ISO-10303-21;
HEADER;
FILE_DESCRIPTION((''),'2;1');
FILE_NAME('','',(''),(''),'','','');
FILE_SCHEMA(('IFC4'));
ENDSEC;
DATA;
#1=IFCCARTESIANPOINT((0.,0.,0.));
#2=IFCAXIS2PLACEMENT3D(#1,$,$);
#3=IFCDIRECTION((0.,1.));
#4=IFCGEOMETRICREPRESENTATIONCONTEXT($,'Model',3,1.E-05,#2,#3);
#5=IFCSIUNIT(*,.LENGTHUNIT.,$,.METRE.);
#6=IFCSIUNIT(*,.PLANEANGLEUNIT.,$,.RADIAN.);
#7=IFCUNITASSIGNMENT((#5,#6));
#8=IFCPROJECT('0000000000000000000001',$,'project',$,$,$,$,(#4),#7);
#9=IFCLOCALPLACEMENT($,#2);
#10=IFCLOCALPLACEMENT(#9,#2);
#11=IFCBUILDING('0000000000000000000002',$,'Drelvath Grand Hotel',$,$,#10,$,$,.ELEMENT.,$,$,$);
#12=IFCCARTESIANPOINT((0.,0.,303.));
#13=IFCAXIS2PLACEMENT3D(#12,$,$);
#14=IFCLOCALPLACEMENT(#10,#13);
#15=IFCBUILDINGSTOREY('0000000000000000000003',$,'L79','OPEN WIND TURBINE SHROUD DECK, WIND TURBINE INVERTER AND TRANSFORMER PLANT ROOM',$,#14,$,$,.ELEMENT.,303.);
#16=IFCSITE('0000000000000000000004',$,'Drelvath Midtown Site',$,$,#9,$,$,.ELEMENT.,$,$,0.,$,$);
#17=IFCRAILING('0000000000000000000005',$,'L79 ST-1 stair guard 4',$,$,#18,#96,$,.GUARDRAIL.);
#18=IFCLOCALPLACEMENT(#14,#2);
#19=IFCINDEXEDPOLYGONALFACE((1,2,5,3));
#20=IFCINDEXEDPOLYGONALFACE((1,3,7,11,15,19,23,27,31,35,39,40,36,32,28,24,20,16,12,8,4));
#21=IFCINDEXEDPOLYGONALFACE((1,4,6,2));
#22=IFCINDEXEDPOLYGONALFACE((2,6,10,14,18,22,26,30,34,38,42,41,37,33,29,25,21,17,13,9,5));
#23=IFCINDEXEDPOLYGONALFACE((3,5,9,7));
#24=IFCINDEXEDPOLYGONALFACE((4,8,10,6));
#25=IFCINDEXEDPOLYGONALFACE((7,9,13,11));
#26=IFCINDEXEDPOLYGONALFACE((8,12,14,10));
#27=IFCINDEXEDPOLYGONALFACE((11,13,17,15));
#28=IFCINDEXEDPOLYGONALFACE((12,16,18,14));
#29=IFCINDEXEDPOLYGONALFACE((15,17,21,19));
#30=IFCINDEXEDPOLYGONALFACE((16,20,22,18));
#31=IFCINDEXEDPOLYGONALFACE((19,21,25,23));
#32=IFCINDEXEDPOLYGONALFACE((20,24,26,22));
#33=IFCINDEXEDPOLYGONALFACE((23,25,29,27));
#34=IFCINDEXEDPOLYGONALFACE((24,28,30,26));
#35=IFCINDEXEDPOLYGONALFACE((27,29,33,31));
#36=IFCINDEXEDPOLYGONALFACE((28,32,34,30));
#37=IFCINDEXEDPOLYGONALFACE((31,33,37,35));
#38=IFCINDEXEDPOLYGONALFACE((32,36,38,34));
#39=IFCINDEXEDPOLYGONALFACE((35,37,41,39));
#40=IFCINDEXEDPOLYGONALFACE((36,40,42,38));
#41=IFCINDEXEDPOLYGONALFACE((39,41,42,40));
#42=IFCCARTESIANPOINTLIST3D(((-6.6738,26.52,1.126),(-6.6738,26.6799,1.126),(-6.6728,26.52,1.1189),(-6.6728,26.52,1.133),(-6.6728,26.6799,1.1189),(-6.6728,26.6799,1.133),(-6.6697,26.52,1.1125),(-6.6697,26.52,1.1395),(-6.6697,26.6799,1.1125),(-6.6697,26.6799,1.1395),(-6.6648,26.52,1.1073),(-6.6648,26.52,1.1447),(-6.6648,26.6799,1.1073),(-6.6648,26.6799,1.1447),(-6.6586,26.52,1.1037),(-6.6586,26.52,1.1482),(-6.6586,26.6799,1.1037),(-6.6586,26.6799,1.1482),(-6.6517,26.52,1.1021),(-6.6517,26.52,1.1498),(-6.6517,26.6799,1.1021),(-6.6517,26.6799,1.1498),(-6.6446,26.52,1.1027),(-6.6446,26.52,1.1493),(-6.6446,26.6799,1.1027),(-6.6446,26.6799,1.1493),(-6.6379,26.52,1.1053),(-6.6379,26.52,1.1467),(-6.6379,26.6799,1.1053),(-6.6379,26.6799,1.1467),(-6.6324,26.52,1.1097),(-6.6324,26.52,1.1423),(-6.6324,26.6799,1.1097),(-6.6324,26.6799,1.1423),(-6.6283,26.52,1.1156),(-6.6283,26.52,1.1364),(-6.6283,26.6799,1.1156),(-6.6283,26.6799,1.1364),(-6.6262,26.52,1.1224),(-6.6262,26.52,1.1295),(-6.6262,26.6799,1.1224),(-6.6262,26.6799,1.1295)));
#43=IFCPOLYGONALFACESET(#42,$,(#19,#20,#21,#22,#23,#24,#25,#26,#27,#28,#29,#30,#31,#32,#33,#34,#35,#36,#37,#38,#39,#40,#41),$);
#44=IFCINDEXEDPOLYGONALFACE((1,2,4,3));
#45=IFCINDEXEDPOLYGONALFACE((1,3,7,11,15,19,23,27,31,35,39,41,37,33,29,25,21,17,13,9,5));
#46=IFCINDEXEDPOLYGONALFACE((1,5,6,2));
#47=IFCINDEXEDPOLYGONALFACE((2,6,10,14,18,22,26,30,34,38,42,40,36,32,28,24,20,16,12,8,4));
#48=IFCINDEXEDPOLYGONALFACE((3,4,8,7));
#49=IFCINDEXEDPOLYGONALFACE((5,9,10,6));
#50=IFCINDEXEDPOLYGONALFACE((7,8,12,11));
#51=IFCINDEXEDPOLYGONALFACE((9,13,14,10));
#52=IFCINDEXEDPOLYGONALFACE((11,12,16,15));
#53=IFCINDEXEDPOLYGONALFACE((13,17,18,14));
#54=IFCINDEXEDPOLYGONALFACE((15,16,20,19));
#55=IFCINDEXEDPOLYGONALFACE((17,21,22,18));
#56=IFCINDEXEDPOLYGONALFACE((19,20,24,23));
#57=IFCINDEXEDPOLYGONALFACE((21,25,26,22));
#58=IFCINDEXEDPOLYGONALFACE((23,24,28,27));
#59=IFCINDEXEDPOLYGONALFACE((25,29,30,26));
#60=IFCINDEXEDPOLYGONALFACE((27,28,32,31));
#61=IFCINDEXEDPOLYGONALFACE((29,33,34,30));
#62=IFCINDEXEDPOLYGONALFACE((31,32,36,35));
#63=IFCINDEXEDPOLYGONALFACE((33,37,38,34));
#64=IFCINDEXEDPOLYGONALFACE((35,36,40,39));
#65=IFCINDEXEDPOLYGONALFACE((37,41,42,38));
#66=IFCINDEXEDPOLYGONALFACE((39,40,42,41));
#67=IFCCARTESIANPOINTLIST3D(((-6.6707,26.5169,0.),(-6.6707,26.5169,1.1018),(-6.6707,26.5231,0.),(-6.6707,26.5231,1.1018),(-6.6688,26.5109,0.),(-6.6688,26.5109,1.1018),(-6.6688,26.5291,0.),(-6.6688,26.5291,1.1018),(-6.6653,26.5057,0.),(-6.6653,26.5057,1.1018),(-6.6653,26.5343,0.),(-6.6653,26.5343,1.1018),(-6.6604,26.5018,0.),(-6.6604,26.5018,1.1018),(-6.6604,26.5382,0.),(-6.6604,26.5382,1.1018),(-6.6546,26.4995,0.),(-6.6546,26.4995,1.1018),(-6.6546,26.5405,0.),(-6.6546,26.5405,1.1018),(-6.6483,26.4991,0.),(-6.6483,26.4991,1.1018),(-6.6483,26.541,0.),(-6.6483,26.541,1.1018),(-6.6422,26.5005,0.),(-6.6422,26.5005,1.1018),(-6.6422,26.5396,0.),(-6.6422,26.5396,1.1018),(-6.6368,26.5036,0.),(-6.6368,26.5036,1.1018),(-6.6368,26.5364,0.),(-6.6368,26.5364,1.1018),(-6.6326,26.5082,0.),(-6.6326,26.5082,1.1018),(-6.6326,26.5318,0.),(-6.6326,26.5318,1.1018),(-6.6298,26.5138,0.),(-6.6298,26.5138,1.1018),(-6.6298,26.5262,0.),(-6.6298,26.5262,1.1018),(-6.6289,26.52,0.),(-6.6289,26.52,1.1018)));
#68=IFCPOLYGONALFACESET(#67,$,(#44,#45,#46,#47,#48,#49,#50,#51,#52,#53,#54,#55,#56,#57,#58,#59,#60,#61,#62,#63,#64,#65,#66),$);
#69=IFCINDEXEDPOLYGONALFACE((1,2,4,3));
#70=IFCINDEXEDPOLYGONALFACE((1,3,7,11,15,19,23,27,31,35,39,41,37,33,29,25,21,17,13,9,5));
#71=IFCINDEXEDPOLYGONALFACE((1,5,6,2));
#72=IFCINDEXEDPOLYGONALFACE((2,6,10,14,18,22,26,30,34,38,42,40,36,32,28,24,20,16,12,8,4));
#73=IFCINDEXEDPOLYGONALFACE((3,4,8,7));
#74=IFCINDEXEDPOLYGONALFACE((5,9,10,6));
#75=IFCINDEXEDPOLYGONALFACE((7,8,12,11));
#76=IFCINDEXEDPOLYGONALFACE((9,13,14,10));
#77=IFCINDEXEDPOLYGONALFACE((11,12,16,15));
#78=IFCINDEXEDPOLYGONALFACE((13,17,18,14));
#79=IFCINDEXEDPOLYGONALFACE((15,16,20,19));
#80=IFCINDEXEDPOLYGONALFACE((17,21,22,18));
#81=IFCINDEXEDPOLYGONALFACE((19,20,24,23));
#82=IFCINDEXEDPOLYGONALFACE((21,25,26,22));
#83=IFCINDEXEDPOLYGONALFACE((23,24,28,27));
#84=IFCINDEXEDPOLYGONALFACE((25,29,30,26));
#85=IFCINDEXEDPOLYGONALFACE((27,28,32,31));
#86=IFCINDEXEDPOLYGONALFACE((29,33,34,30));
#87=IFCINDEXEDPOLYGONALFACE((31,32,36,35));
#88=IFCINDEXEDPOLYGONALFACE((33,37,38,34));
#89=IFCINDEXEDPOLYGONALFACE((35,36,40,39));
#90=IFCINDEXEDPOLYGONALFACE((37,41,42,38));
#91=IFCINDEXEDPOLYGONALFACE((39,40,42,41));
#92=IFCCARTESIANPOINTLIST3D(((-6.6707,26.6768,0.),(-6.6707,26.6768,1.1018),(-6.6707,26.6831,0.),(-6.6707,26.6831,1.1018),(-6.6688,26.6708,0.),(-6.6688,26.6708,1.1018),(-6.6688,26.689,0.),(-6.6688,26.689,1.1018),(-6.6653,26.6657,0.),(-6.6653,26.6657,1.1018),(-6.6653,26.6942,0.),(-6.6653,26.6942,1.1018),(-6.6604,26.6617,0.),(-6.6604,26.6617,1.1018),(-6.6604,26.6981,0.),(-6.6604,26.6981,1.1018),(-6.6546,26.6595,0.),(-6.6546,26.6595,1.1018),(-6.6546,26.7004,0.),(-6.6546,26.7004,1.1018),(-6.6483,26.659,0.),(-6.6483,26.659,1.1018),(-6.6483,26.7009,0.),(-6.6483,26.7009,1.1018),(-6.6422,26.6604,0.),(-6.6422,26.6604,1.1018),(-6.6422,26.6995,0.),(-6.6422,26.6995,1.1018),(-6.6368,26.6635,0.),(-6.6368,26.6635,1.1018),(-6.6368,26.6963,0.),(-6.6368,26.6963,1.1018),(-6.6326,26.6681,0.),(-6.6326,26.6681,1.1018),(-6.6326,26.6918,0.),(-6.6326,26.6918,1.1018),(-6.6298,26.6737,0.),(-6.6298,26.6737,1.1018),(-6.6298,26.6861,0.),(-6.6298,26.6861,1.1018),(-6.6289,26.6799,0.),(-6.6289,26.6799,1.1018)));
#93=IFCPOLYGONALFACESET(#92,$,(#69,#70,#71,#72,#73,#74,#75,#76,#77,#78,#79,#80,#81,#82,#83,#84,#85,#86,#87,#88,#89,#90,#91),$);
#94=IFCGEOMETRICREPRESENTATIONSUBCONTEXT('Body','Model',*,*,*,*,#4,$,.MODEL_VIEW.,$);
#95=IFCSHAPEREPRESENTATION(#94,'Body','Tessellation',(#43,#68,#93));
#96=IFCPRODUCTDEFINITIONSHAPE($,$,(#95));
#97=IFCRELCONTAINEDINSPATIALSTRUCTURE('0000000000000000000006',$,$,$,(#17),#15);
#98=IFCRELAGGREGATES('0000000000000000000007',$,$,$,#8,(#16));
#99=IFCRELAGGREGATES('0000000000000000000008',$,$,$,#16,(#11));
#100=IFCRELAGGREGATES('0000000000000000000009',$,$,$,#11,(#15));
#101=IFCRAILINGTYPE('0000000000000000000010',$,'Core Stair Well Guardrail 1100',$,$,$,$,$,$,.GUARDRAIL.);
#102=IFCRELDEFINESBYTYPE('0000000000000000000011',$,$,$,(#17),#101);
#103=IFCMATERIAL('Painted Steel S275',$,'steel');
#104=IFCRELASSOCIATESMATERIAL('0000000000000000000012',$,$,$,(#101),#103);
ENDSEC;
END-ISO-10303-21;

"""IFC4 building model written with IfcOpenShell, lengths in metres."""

from ifc_helpers import new_model, si_unit, direction, frame, origin, origin_2d, place, context, subcontext, project, spatial, circle, extrude, material, type_object, element, save


model = new_model("IFC4")

# Units and contexts
model_context = context("Model", 3, precision=1e-05, world=origin(), true_north=direction((0.0, 1.0)))
body_context = subcontext(model_context, "Body", "Model", "MODEL_VIEW")
ifc_project = project(units=[si_unit("LENGTHUNIT", "METRE"), si_unit("PLANEANGLEUNIT", "RADIAN")], contexts=[model_context])

# Site, building, storey
site_placement = place(None, origin())
site = spatial("IfcSite", under=ifc_project, at=site_placement, Name="Drelvath Midtown Site", CompositionType="ELEMENT", RefElevation=0.0)
building_placement = place(site_placement, origin())
building = spatial("IfcBuilding", under=site, at=building_placement, Name="Drelvath Grand Hotel", CompositionType="ELEMENT")
storey_placement = place(building_placement, frame((0.0, 0.0, 303.0)))
storey = spatial("IfcBuildingStorey", under=building, at=storey_placement, Name="L79", Description="OPEN WIND TURBINE SHROUD DECK, WIND TURBINE INVERTER AND TRANSFORMER PLANT ROOM", CompositionType="ELEMENT", Elevation=303.0)

# Shared definitions
ifc_material_1 = material(Name="Painted Steel S275", Category="steel")

# Railing
railing_type_1 = type_object("IfcRailingType", Name="Core Stair Well Guardrail 1100", PredefinedType="GUARDRAIL", material=ifc_material_1)
railing_1_placement = place(storey_placement, frame((-6.6499, 26.52, 0.0)))
element("IfcRailing", 1, at=railing_1_placement, inside=storey, type_object=railing_type_1, Name="L79 ST-1 stair guard 4", PredefinedType="GUARDRAIL", context=body_context, shape_type="SweptSolid", body=[
    extrude(circle(Radius=0.0239, at=origin_2d()), frame((0.0, 0.0, 1.126), z_axis=(0.0, 1.0, 0.0), x_axis=(-1.0, 0.0, 0.0)), (0.0, 0.0, 1.0), 0.1599),
    extrude(circle(Radius=0.021, at=origin_2d()), origin(), (0.0, 0.0, 1.0), 1.1018),
    extrude(circle(Radius=0.021, at=origin_2d()), frame((0.0, 0.1599, 0.0)), (0.0, 0.0, 1.0), 1.1018),
])

save(model, "model.ifc")
